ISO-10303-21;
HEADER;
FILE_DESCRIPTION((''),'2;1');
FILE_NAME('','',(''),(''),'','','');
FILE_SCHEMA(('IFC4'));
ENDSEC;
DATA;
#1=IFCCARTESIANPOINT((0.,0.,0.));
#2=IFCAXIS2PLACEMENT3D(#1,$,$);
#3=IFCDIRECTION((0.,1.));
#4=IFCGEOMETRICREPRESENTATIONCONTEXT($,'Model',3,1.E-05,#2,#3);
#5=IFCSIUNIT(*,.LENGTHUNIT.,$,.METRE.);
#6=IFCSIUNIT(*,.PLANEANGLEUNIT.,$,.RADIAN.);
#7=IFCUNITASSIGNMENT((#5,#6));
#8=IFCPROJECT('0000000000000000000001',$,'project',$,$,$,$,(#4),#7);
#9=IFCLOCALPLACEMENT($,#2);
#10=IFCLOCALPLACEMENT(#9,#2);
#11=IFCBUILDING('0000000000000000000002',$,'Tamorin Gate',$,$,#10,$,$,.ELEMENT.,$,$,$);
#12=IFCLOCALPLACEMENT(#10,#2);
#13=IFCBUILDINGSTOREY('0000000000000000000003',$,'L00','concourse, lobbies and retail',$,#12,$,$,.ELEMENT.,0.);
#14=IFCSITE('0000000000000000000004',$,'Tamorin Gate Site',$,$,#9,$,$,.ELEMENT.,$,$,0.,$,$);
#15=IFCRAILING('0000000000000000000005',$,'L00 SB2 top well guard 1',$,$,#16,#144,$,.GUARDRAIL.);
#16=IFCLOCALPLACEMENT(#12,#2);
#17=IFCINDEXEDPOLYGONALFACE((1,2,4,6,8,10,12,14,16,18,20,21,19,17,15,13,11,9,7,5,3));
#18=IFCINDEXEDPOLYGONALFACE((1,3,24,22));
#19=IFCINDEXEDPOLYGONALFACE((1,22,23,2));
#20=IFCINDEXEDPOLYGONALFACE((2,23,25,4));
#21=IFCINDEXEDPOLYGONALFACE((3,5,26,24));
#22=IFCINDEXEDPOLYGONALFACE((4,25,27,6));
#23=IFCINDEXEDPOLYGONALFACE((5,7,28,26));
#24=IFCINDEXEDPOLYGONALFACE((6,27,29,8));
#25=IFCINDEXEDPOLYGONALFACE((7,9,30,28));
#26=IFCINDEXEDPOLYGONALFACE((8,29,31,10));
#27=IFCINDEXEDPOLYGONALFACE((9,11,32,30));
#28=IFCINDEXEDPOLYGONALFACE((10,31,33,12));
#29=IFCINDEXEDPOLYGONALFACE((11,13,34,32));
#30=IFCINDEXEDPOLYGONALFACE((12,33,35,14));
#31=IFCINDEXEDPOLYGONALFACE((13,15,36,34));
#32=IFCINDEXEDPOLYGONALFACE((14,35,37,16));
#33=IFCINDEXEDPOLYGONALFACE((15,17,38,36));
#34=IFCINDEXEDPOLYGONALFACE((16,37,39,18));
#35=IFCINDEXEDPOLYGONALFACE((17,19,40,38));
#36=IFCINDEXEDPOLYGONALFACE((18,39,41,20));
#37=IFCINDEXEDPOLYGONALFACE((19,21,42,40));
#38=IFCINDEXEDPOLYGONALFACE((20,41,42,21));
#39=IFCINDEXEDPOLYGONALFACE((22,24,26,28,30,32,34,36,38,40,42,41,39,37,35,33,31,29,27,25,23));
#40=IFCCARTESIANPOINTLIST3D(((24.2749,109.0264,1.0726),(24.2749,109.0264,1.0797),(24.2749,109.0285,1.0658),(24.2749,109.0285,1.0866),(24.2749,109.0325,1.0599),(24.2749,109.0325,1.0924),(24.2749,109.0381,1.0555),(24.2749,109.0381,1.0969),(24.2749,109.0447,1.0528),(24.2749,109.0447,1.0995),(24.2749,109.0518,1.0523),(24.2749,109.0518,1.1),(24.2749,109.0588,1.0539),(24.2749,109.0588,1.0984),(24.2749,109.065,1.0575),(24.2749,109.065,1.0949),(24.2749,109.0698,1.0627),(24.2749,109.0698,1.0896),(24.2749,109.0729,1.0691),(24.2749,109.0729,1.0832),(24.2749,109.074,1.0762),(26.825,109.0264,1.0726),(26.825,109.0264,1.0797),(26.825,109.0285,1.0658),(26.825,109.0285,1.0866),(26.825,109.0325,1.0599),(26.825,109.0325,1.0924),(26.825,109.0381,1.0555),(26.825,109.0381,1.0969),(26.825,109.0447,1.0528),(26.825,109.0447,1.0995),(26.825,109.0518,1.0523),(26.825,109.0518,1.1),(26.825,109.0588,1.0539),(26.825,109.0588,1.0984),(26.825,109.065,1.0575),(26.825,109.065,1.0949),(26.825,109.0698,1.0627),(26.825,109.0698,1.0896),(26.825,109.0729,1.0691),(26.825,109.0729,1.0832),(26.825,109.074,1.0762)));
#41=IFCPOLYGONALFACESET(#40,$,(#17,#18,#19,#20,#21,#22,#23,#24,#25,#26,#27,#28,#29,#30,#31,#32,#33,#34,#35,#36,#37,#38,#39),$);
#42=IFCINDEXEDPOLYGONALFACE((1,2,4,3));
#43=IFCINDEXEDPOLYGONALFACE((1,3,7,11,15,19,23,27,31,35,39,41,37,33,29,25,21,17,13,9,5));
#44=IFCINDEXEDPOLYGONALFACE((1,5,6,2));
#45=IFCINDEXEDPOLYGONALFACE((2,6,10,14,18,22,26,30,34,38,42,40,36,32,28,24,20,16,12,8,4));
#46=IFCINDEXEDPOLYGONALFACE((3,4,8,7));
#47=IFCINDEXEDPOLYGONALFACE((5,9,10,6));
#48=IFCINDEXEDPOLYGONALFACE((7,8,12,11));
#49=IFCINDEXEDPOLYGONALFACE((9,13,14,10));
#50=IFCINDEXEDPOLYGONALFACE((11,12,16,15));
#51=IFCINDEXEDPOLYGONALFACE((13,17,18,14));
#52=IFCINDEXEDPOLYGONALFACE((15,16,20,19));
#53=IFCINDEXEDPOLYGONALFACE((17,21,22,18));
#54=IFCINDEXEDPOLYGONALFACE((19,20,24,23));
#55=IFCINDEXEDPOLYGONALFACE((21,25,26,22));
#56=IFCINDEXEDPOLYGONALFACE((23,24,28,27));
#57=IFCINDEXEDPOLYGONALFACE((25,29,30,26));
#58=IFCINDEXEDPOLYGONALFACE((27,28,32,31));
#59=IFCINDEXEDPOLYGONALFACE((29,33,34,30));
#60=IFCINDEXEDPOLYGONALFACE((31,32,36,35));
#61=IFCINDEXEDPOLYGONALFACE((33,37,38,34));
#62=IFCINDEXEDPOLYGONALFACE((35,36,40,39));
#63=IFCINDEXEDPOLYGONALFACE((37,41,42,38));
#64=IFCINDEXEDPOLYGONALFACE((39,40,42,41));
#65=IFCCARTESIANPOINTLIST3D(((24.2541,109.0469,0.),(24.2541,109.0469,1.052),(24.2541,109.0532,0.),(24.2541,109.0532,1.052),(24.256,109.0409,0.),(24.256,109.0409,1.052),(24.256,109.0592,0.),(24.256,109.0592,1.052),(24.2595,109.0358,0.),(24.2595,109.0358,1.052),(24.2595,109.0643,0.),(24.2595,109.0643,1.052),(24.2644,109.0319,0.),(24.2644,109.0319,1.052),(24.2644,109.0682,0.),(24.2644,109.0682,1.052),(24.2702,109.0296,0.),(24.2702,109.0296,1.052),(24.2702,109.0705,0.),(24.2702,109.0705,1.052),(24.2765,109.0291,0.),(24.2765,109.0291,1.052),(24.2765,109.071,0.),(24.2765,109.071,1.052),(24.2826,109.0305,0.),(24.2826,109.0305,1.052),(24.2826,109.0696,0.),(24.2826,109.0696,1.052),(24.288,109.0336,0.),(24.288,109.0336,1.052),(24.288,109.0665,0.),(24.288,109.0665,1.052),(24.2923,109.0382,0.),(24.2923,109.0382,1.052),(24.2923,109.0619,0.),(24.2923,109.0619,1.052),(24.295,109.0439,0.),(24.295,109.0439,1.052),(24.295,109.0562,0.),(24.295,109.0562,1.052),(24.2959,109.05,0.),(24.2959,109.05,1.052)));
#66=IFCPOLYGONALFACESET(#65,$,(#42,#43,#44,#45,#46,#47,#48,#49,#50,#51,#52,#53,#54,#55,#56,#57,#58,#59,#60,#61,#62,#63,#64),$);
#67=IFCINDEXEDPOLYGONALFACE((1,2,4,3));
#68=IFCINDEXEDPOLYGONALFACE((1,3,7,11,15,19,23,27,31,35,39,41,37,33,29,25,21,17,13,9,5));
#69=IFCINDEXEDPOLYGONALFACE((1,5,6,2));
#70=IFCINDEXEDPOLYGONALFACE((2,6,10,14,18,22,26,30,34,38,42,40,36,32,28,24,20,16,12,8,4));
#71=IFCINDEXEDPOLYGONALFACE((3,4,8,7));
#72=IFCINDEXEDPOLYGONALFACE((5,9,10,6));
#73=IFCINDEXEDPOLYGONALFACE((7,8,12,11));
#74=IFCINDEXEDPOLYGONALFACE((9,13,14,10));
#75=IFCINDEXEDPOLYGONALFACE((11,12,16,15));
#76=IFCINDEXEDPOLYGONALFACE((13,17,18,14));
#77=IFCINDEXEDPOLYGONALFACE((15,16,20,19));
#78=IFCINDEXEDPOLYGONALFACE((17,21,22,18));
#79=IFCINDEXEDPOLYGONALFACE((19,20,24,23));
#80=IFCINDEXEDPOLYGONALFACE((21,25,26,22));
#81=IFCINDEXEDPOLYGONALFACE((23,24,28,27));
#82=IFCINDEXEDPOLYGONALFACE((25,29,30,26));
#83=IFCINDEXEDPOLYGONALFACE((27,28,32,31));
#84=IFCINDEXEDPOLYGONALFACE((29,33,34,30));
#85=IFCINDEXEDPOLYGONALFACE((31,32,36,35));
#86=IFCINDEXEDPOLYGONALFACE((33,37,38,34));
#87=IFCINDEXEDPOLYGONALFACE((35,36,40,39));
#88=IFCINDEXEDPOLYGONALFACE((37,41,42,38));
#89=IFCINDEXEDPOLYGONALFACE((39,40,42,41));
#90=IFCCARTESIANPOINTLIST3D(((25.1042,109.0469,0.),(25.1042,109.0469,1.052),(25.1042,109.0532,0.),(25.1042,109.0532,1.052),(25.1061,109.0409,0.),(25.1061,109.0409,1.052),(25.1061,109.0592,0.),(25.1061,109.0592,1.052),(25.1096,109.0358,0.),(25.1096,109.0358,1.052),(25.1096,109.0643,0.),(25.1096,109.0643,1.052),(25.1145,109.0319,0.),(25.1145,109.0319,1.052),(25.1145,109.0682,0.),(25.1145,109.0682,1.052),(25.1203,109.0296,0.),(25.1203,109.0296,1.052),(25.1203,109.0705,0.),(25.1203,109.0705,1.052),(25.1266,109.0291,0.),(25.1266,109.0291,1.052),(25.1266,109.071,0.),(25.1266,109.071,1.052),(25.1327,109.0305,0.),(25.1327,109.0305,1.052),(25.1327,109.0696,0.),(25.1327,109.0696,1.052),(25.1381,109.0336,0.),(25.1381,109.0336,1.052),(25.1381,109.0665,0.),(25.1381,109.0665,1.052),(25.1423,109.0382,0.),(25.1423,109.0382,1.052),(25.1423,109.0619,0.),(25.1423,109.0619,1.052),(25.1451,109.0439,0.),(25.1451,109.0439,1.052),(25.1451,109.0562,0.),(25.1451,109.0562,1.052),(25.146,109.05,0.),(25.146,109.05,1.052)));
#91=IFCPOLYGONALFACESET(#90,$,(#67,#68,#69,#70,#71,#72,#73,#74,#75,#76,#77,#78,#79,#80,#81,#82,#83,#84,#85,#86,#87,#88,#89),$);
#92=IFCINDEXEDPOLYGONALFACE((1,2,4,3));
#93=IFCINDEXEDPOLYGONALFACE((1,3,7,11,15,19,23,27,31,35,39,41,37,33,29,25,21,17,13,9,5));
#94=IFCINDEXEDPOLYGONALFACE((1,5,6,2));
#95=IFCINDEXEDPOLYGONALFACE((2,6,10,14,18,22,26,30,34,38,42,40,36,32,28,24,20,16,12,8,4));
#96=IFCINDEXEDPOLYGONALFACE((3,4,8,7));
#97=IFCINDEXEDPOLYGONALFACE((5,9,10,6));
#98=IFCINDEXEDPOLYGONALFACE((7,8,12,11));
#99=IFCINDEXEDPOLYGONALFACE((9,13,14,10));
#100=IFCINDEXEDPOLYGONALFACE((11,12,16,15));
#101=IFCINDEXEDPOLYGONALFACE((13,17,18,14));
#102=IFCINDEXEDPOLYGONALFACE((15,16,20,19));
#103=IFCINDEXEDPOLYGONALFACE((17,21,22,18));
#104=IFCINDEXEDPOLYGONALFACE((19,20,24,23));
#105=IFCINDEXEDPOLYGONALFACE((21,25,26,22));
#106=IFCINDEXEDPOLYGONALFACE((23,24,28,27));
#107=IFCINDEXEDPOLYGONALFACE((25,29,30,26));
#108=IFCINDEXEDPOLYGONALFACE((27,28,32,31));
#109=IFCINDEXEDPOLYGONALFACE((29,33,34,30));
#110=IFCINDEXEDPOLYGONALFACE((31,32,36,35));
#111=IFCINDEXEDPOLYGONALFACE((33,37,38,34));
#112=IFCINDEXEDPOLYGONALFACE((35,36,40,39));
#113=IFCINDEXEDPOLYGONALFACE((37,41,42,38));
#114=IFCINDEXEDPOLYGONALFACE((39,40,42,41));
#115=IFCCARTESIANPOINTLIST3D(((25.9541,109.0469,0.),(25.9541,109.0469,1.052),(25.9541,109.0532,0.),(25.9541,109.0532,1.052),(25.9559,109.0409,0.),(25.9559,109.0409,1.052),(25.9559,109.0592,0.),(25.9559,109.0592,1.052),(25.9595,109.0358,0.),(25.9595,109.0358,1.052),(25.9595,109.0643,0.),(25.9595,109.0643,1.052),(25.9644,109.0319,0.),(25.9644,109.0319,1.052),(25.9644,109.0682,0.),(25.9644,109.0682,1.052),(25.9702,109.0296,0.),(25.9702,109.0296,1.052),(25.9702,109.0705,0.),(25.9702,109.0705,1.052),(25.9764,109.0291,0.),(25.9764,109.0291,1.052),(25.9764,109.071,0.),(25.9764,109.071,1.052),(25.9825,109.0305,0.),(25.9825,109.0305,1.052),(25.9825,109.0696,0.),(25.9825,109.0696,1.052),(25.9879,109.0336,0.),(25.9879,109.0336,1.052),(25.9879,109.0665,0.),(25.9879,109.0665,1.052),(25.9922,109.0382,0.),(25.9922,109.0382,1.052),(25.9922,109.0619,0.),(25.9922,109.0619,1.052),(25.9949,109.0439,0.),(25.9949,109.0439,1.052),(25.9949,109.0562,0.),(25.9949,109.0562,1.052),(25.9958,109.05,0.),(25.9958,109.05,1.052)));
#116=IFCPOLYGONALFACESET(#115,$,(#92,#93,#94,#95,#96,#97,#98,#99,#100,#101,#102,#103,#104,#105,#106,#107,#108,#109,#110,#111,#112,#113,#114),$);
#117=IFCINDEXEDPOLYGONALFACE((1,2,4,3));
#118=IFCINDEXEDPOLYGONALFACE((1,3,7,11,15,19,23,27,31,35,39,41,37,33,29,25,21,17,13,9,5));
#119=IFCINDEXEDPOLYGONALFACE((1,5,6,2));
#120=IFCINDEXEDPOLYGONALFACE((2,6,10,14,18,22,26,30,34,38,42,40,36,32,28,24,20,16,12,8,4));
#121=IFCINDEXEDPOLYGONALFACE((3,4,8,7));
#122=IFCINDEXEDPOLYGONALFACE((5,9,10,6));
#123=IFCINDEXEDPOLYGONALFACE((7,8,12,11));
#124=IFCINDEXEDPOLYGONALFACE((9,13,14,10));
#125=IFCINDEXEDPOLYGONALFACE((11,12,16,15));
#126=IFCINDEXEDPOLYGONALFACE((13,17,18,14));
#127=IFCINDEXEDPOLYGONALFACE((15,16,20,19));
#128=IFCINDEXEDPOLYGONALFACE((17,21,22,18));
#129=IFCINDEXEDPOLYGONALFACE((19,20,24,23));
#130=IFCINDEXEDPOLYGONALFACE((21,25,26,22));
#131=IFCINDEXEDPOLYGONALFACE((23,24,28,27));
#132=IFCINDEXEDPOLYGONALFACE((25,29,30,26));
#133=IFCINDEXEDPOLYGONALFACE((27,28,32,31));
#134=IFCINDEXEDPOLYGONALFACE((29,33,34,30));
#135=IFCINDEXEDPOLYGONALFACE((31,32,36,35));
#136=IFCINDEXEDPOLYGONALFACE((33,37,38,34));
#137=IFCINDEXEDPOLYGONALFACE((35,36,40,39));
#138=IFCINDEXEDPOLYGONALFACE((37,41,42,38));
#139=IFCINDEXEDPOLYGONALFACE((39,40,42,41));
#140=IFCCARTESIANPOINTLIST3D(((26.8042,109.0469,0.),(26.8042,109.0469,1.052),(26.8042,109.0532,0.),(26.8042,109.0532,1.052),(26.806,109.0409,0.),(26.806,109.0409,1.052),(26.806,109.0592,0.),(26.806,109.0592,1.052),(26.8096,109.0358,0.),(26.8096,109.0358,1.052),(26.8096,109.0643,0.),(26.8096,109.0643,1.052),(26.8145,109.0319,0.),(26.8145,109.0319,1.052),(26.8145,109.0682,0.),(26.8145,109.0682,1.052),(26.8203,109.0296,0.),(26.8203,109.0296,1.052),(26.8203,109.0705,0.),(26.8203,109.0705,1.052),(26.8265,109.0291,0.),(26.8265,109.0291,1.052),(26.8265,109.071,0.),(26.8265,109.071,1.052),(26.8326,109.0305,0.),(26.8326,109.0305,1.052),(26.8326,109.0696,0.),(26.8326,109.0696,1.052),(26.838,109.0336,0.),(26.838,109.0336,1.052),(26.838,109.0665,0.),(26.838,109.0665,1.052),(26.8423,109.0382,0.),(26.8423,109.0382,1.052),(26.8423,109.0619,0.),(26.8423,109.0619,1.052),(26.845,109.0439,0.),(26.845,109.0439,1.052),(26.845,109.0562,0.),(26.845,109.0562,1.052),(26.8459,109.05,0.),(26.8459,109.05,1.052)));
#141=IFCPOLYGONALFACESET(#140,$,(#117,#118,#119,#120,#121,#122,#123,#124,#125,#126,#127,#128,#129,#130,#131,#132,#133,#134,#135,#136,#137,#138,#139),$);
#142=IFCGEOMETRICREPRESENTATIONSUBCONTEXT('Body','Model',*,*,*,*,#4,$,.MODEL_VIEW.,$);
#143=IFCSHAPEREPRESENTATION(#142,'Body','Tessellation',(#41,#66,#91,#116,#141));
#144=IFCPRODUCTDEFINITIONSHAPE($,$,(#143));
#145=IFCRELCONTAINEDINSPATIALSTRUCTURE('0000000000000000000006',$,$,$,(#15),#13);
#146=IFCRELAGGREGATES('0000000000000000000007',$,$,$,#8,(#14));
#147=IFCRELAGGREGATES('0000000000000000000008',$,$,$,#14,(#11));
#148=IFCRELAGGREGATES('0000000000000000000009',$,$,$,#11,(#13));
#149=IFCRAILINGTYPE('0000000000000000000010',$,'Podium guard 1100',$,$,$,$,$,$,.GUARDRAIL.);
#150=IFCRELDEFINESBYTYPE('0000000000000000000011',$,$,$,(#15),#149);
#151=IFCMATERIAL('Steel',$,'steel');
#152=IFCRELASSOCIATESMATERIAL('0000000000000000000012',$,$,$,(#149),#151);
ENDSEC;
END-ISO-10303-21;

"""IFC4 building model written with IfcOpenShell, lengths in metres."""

from ifc_helpers import new_model, si_unit, direction, frame, origin, origin_2d, place, context, subcontext, project, spatial, circle, extrude, material, type_object, element, save


model = new_model("IFC4")

# Units and contexts
model_context = context("Model", 3, precision=1e-05, world=origin(), true_north=direction((0.0, 1.0)))
body_context = subcontext(model_context, "Body", "Model", "MODEL_VIEW")
ifc_project = project(units=[si_unit("LENGTHUNIT", "METRE"), si_unit("PLANEANGLEUNIT", "RADIAN")], contexts=[model_context])

# Site, building, storey
site_placement = place(None, origin())
site = spatial("IfcSite", under=ifc_project, at=site_placement, Name="Tamorin Gate Site", CompositionType="ELEMENT", RefElevation=0.0)
building_placement = place(site_placement, origin())
building = spatial("IfcBuilding", under=site, at=building_placement, Name="Tamorin Gate", CompositionType="ELEMENT")
storey_placement = place(building_placement, origin())
storey = spatial("IfcBuildingStorey", under=building, at=storey_placement, Name="L00", Description="concourse, lobbies and retail", CompositionType="ELEMENT", Elevation=0.0)

# Railing
ifc_material_1 = material(Name="Steel", Category="steel")
railing_type_1 = type_object("IfcRailingType", Name="Podium guard 1100", PredefinedType="GUARDRAIL", material=ifc_material_1)
railing_1_placement = place(storey_placement, frame((24.2749, 109.05, 0.0)))
element("IfcRailing", 1, at=railing_1_placement, inside=storey, type_object=railing_type_1, Name="L00 SB2 top well guard 1", PredefinedType="GUARDRAIL", context=body_context, shape_type="SweptSolid", body=[
    extrude(circle(Radius=0.0239, at=origin_2d()), frame((0.0, 0.0, 1.0762), z_axis=(1.0, 0.0, 0.0), x_axis=(0.0, 1.0, 0.0)), (0.0, 0.0, 1.0), 2.55),
    extrude(circle(Radius=0.021, at=origin_2d()), origin(), (0.0, 0.0, 1.0), 1.052),
    extrude(circle(Radius=0.021, at=origin_2d()), frame((0.8501, 0.0, 0.0)), (0.0, 0.0, 1.0), 1.052),
    extrude(circle(Radius=0.021, at=origin_2d()), frame((1.7, 0.0, 0.0)), (0.0, 0.0, 1.0), 1.052),
    extrude(circle(Radius=0.021, at=origin_2d()), frame((2.55, 0.0, 0.0)), (0.0, 0.0, 1.0), 1.052),
])

save(model, "model.ifc")
